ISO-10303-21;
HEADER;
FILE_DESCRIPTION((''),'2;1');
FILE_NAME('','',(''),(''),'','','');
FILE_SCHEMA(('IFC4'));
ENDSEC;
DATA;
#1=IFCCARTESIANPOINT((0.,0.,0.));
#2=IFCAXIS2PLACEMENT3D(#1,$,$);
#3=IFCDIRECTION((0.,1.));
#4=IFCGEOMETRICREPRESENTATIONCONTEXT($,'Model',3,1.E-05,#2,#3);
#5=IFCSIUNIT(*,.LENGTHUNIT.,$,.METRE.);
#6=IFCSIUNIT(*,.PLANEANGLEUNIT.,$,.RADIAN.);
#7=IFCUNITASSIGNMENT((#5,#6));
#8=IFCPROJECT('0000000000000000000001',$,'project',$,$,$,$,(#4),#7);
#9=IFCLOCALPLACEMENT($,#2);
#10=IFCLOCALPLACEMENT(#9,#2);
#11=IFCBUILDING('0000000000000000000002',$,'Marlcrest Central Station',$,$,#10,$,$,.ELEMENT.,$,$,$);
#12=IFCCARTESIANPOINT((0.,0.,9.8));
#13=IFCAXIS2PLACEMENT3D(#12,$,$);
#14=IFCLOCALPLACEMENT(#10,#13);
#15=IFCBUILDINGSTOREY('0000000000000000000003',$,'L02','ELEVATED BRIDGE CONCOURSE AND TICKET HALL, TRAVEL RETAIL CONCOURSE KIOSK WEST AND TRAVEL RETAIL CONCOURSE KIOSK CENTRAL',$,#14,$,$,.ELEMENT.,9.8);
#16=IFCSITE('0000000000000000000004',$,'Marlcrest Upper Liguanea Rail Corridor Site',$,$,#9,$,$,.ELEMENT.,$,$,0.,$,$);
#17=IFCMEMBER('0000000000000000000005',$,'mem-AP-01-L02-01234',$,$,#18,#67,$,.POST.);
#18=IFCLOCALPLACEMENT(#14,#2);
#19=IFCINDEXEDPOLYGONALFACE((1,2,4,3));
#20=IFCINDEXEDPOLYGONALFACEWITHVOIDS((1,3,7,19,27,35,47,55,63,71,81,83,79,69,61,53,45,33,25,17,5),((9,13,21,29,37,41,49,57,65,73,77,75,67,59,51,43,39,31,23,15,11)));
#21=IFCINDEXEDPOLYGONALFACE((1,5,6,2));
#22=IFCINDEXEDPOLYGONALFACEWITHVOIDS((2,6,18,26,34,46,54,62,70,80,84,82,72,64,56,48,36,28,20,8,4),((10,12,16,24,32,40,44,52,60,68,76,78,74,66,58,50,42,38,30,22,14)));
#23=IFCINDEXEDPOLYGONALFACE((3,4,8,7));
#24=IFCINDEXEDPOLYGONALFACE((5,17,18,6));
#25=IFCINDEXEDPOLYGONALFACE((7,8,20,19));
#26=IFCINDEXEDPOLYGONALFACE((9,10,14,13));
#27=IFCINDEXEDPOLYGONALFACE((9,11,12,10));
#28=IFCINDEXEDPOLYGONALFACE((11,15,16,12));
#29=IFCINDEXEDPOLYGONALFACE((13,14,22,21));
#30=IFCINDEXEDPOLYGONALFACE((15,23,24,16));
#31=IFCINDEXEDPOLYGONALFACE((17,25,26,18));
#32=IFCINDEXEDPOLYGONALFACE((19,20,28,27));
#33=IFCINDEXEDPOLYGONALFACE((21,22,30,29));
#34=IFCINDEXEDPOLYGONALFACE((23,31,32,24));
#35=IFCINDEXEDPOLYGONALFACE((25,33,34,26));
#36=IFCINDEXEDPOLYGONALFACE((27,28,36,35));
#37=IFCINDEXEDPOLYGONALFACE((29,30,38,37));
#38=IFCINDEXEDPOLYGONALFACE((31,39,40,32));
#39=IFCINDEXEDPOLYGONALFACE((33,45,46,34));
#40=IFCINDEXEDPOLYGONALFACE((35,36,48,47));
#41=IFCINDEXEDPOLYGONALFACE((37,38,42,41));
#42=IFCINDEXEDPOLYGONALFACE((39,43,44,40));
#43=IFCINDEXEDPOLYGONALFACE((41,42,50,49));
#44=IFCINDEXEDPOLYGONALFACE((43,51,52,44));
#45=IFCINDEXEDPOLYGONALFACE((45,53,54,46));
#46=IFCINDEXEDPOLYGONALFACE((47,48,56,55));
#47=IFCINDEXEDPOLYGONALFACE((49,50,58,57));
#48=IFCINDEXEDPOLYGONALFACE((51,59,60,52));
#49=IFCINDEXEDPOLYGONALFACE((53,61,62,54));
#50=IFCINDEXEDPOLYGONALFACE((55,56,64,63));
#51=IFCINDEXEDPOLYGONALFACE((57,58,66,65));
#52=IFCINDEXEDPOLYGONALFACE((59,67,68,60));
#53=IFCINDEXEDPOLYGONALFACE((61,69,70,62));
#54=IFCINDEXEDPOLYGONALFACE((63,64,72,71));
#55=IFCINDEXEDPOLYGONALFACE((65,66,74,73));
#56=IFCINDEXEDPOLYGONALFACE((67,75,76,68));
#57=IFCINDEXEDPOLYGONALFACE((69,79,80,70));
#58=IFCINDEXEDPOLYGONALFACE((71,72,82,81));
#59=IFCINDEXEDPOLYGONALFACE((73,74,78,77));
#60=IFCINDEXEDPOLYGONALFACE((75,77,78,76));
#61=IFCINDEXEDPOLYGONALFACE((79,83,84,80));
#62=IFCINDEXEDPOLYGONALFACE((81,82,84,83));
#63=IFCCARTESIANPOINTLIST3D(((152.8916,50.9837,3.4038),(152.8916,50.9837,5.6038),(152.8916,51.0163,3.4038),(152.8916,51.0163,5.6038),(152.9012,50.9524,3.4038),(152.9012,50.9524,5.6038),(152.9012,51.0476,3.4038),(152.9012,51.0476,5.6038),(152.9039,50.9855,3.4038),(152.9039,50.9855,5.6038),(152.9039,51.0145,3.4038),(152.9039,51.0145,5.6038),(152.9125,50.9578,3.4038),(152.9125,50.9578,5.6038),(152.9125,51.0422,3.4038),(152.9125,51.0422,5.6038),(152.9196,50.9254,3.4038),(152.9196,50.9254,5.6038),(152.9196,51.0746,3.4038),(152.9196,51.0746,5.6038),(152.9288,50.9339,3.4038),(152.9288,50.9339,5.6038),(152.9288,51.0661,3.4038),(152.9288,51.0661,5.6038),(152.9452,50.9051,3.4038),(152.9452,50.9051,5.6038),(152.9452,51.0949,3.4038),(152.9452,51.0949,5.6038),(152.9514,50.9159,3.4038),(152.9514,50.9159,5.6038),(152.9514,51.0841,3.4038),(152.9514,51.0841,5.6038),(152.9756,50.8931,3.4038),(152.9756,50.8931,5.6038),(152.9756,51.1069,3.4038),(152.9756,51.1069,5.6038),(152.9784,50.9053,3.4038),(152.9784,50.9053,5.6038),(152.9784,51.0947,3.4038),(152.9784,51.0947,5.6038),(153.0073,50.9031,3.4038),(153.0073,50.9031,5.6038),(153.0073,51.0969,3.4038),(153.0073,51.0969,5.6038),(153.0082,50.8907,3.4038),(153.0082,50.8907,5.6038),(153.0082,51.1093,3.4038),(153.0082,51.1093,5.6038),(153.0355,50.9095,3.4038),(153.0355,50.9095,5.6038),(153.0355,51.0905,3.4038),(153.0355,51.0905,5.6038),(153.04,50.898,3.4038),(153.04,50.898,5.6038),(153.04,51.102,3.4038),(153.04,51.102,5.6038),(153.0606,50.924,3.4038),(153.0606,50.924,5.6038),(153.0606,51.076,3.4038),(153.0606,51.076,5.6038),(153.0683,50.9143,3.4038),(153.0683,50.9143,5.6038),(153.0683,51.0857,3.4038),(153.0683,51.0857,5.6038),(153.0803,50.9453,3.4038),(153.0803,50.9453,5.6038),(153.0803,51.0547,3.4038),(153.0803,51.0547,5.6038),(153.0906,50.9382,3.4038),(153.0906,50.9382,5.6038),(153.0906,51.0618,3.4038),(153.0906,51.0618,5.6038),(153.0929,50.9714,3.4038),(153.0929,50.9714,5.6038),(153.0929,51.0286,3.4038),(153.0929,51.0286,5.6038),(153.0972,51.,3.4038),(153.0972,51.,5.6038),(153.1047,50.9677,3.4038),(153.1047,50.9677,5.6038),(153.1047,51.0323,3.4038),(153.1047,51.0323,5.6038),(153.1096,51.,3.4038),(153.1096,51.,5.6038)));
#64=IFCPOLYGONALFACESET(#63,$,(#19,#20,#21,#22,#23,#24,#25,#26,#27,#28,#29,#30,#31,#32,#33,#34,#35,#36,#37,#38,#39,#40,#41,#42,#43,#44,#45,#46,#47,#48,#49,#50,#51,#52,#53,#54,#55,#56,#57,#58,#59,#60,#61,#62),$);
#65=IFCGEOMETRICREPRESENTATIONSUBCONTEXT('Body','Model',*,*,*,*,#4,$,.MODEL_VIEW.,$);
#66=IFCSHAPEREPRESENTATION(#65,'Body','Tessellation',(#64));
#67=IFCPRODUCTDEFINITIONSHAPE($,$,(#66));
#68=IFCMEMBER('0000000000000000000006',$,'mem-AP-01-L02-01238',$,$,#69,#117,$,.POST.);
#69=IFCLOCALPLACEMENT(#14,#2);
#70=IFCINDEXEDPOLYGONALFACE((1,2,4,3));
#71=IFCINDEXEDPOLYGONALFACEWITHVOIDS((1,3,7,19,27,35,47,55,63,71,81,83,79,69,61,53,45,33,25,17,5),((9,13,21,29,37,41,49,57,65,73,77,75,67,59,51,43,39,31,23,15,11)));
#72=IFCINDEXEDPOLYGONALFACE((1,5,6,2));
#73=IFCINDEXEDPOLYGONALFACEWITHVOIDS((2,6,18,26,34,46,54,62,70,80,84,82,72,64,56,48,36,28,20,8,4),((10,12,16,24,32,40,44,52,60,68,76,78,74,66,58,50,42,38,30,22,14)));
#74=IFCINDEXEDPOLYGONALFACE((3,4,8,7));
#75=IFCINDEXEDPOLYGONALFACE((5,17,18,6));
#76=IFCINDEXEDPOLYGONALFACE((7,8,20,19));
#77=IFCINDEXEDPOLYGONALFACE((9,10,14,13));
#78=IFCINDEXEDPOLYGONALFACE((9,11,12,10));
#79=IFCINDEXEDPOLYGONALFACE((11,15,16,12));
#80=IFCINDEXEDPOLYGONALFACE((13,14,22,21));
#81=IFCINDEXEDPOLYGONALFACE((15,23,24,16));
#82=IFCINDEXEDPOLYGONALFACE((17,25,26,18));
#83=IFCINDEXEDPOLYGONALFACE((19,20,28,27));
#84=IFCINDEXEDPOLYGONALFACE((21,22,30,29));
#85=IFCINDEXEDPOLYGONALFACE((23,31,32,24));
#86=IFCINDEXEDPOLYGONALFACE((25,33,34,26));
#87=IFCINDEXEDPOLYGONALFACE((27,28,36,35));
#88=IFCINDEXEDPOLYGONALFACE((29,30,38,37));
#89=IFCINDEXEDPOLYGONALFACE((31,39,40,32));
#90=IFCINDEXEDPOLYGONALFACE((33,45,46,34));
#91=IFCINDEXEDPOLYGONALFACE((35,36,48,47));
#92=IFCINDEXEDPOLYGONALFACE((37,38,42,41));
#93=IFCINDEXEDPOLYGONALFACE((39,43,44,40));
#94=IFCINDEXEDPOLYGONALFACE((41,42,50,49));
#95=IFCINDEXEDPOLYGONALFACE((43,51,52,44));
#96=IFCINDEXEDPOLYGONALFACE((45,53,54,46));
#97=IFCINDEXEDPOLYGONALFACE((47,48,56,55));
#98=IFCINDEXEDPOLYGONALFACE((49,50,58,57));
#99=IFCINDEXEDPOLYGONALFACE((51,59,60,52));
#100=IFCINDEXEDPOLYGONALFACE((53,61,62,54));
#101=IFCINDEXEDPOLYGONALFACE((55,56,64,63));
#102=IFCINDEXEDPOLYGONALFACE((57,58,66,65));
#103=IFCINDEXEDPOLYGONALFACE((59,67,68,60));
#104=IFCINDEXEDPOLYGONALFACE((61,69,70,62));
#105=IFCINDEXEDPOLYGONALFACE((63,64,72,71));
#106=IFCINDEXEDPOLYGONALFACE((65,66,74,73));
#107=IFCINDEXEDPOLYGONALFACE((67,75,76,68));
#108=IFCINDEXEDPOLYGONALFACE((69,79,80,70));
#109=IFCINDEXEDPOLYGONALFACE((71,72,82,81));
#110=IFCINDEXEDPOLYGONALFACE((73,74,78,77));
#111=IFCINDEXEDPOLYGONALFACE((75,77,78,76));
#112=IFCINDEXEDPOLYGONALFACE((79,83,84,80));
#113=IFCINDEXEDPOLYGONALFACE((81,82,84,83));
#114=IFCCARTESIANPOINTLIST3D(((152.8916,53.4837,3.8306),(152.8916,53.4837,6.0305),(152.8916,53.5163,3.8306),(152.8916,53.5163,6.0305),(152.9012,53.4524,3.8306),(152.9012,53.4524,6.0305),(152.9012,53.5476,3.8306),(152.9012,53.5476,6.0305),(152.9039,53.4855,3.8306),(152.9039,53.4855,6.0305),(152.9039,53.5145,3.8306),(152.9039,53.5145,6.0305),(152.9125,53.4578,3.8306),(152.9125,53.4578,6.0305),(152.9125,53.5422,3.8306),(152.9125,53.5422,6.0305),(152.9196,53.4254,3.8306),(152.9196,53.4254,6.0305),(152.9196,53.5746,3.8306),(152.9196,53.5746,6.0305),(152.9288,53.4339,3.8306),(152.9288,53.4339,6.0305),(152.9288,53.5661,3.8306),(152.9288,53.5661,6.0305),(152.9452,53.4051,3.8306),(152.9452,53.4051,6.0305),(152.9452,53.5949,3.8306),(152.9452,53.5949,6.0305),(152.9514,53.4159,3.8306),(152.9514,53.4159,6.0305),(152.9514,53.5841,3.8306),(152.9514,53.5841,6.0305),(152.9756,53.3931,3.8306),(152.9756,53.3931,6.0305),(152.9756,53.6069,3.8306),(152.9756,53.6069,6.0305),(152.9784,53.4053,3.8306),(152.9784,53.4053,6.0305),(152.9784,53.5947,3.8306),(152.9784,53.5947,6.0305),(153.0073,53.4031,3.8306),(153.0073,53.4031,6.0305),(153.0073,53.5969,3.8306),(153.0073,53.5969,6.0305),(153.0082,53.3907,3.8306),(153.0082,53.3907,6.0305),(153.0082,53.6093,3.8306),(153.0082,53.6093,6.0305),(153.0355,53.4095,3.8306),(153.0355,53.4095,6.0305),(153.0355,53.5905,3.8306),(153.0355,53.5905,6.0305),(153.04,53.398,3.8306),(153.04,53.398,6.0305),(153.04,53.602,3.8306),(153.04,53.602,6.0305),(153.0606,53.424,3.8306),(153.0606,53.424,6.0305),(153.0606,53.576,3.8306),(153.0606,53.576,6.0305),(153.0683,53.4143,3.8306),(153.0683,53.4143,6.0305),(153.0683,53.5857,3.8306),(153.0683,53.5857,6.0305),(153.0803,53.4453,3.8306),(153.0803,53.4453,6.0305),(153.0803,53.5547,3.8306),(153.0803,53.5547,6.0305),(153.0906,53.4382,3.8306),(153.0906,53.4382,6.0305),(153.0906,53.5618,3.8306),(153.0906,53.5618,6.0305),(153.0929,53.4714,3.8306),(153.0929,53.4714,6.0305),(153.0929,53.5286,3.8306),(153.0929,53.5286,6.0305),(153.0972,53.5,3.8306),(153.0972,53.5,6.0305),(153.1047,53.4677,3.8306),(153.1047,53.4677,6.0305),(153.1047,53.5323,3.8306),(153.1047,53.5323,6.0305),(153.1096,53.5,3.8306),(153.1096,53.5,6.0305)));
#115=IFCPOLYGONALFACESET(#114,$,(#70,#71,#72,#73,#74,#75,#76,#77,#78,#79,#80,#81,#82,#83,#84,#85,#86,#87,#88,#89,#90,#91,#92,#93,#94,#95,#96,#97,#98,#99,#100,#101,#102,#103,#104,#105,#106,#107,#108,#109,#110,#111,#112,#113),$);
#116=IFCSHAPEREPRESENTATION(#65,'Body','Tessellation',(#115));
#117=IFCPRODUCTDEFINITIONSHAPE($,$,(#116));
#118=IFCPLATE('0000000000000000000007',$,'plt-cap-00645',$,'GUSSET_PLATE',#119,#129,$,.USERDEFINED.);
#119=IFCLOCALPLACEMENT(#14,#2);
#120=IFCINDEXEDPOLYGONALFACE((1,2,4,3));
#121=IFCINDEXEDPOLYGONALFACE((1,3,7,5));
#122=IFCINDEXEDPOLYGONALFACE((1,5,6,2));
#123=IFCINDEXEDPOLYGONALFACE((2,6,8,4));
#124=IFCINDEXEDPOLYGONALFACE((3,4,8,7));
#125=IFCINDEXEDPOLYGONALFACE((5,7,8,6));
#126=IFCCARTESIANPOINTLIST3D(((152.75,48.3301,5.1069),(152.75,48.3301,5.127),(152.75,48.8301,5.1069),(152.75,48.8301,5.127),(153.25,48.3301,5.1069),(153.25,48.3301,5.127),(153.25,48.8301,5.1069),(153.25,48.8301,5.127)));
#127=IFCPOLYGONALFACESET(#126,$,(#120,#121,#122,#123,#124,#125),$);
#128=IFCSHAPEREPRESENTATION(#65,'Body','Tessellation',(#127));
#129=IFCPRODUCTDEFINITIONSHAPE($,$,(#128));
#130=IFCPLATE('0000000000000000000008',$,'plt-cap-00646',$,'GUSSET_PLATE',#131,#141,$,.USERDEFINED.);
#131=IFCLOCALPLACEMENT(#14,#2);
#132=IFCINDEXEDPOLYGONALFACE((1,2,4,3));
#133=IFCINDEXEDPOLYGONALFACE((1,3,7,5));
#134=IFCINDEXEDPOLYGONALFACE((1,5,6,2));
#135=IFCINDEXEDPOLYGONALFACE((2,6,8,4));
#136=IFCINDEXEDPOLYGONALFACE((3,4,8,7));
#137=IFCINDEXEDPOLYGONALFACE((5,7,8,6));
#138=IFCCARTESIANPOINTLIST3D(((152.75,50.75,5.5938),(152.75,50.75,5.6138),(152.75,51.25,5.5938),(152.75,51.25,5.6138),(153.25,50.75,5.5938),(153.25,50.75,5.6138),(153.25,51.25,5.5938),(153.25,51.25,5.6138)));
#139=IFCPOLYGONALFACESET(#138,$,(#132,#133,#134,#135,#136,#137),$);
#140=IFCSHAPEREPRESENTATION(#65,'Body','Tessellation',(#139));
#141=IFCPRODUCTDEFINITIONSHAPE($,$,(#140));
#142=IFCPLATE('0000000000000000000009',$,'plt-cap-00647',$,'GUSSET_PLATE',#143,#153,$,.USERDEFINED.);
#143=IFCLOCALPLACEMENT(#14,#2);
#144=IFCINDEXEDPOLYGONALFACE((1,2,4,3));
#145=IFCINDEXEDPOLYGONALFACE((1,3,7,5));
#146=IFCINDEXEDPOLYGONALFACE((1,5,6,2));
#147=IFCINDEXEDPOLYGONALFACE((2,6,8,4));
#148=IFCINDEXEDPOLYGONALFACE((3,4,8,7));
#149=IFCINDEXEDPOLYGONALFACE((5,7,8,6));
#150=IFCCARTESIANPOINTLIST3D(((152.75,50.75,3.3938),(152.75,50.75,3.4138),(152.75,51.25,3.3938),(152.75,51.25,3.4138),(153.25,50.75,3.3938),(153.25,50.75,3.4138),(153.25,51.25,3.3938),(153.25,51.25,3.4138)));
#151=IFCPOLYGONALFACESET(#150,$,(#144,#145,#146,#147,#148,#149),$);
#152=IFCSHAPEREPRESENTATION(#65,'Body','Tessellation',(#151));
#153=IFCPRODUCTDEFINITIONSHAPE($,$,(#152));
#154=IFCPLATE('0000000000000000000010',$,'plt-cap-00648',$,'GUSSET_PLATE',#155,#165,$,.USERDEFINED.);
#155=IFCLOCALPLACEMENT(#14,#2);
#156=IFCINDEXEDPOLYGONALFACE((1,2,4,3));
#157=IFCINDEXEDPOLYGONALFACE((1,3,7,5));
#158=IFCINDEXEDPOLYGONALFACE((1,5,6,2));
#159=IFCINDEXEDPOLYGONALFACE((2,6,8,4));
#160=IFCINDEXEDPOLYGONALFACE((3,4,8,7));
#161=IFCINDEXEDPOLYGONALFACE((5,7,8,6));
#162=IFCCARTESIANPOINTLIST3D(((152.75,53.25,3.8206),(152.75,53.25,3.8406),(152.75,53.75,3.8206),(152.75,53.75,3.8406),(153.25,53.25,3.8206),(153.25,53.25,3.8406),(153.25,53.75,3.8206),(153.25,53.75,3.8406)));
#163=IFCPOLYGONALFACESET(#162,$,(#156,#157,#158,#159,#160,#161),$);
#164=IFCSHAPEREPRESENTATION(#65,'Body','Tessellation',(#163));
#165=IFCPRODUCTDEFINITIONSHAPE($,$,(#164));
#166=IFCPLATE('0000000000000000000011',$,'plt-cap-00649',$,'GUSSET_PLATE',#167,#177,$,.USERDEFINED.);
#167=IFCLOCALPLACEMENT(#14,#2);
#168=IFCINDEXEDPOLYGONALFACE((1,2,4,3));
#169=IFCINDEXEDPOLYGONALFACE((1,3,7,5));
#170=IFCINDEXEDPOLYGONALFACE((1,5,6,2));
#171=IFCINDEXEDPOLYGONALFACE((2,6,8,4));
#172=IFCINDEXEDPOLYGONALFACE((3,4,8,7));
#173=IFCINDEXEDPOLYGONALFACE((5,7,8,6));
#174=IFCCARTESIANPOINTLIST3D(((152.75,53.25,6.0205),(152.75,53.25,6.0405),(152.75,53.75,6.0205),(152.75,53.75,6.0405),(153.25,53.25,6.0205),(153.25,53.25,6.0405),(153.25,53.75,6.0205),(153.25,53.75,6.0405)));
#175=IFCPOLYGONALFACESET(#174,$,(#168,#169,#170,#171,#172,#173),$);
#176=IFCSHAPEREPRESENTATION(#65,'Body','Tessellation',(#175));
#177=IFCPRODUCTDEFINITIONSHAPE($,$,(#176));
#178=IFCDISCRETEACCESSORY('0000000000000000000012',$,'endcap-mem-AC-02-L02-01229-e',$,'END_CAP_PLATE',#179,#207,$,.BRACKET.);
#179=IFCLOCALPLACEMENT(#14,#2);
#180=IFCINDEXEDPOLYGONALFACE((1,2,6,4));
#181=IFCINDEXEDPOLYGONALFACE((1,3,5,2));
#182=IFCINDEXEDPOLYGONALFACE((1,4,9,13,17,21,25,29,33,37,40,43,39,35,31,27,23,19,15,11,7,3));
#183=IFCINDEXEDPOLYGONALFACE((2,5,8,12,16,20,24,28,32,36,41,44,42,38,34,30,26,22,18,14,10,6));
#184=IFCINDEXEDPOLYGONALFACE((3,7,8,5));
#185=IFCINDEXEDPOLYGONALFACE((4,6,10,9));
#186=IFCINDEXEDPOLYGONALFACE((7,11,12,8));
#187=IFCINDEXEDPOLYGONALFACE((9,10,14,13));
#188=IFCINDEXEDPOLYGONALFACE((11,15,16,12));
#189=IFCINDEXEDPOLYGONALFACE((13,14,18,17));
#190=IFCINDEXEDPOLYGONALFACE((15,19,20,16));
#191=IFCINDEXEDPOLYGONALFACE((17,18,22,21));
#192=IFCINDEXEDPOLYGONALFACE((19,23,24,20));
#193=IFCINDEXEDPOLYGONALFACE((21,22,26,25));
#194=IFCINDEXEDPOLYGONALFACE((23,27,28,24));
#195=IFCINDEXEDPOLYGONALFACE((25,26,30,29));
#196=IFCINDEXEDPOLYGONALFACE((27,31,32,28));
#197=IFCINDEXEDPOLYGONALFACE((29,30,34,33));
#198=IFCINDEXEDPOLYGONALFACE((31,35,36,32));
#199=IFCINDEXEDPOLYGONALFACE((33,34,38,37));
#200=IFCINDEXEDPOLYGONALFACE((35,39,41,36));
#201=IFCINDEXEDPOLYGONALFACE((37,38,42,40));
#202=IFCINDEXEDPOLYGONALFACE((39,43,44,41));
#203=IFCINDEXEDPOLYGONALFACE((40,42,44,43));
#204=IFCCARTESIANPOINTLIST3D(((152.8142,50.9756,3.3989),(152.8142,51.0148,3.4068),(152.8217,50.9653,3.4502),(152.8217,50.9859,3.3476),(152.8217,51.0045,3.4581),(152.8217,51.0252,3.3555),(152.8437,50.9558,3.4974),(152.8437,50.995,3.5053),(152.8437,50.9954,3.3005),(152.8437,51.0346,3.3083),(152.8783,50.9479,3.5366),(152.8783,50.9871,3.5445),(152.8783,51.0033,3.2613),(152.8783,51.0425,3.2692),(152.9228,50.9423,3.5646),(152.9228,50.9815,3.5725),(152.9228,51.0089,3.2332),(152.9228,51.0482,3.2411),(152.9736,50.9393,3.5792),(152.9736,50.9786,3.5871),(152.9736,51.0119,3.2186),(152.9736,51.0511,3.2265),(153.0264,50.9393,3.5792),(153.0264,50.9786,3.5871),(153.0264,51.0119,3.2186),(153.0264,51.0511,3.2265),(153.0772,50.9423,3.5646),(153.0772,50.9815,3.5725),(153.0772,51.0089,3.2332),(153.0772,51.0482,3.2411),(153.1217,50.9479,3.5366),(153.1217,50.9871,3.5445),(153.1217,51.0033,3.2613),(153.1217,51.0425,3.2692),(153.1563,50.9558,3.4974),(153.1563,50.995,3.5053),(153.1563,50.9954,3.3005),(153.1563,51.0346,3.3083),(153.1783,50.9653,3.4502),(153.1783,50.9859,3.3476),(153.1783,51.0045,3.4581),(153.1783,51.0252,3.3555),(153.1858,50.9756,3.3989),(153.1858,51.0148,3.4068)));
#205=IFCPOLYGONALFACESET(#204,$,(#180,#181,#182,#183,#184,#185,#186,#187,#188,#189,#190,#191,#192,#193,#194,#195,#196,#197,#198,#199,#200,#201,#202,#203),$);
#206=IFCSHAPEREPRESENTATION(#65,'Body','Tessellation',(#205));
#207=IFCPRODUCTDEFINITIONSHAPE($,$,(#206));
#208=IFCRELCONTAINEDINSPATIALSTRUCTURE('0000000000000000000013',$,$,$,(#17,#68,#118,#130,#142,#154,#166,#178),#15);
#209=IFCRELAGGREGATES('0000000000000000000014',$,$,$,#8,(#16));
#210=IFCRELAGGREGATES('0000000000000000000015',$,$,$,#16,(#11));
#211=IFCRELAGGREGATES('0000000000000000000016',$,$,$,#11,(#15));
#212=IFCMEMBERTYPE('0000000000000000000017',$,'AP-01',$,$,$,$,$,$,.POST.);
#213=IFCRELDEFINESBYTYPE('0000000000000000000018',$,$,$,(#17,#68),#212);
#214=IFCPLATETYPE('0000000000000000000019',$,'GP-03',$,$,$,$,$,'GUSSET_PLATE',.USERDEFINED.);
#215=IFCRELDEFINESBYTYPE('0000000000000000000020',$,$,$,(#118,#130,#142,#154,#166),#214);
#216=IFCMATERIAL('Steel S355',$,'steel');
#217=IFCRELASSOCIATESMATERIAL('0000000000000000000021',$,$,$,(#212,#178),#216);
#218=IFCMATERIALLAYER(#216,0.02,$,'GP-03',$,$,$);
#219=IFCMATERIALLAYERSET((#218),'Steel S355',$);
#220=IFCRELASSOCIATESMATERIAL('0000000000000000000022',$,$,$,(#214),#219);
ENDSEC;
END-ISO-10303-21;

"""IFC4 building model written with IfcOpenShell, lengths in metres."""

from ifc_helpers import new_model, si_unit, direction, frame, origin, origin_2d, place, context, subcontext, project, spatial, rectangle, circle, hollow_circle, extrude, material, layer, layer_set, material_profile, profile_set, type_object, element, save


model = new_model("IFC4")

# Units and contexts
model_context = context("Model", 3, precision=1e-05, world=origin(), true_north=direction((0.0, 1.0)))
body_context = subcontext(model_context, "Body", "Model", "MODEL_VIEW")
ifc_project = project(units=[si_unit("LENGTHUNIT", "METRE"), si_unit("PLANEANGLEUNIT", "RADIAN")], contexts=[model_context])

# Site, building, storey
site_placement = place(None, origin())
site = spatial("IfcSite", under=ifc_project, at=site_placement, Name="Marlcrest Upper Liguanea Rail Corridor Site", CompositionType="ELEMENT", RefElevation=0.0)
building_placement = place(site_placement, origin())
building = spatial("IfcBuilding", under=site, at=building_placement, Name="Marlcrest Central Station", CompositionType="ELEMENT")
storey_placement = place(building_placement, frame((0.0, 0.0, 9.8)))
storey = spatial("IfcBuildingStorey", under=building, at=storey_placement, Name="L02", Description="ELEVATED BRIDGE CONCOURSE AND TICKET HALL, TRAVEL RETAIL CONCOURSE KIOSK WEST AND TRAVEL RETAIL CONCOURSE KIOSK CENTRAL", CompositionType="ELEMENT", Elevation=9.8)

# Members
ifc_material = material(Name="Steel S355", Category="steel")
ifc_material_profile_1 = material_profile(ifc_material, hollow_circle(Radius=0.1096, WallThickness=0.0125, at=origin_2d()), Name="CHS 219.1x12.5")
ifc_profile_set_1 = profile_set([ifc_material_profile_1], Name="Steel S355")
member_type_1 = type_object("IfcMemberType", Name="AP-01", PredefinedType="POST", material=ifc_profile_set_1)
for number, where, z_axis, x_axis, name in (
    (1, (153.0, 51.0, 3.4038), (0.0, 0.0, 1.0), (1.0, 0.0, 0.0), "mem-AP-01-L02-01234"),
    (2, (153.0, 53.5, 3.8306), (0.0, 0.0, 1.0), (1.0, 0.0, 0.0), "mem-AP-01-L02-01238"),
):
    element("IfcMember", number, at=place(storey_placement, frame(where, z_axis=z_axis, x_axis=x_axis)), inside=storey, type_object=member_type_1, Name=name, PredefinedType="POST", context=body_context, shape_type="SweptSolid", body=[
        extrude(hollow_circle(Radius=0.1096, WallThickness=0.0125, at=origin_2d()), origin(), (0.0, 0.0, 1.0), 2.2),
    ])

# Plates
ifc_layer = layer(ifc_material, 0.02, Name="GP-03")
ifc_layer_set = layer_set([ifc_layer], Name="Steel S355")
plate_type = type_object("IfcPlateType", Name="GP-03", ElementType="GUSSET_PLATE", PredefinedType="USERDEFINED", material=ifc_layer_set)
for number, where, z_axis, x_axis, name in (
    (3, (153.0, 48.5801, 5.1069), (0.0, 0.0, 1.0), (1.0, 0.0, 0.0), "plt-cap-00645"),
    (4, (153.0, 51.0, 5.5938), (0.0, 0.0, 1.0), (1.0, 0.0, 0.0), "plt-cap-00646"),
    (5, (153.0, 51.0, 3.3938), (0.0, 0.0, 1.0), (1.0, 0.0, 0.0), "plt-cap-00647"),
    (6, (153.0, 53.5, 3.8206), (0.0, 0.0, 1.0), (1.0, 0.0, 0.0), "plt-cap-00648"),
    (7, (153.0, 53.5, 6.0205), (0.0, 0.0, 1.0), (1.0, 0.0, 0.0), "plt-cap-00649"),
):
    element("IfcPlate", number, at=place(storey_placement, frame(where, z_axis=z_axis, x_axis=x_axis)), inside=storey, type_object=plate_type, Name=name, ObjectType="GUSSET_PLATE", PredefinedType="USERDEFINED", context=body_context, shape_type="SweptSolid", body=[
        extrude(rectangle(XDim=0.5, YDim=0.5, at=origin_2d()), origin(), (0.0, 0.0, 1.0), 0.02),
    ])

# Discrete accessory
discrete_accessory_1_placement = place(storey_placement, frame((153.0, 50.9756, 3.3989), z_axis=(0.0, 0.980359, 0.197219), x_axis=(-1.0, 0.0, 0.0)))
element("IfcDiscreteAccessory", 8, at=discrete_accessory_1_placement, inside=storey, material=ifc_material, Name="endcap-mem-AC-02-L02-01229-e", ObjectType="END_CAP_PLATE", PredefinedType="BRACKET", context=body_context, shape_type="SweptSolid", body=[
    extrude(circle(Radius=0.1858, at=origin_2d()), origin(), (0.0, 0.0, 1.0), 0.04),
])

save(model, "model.ifc")
